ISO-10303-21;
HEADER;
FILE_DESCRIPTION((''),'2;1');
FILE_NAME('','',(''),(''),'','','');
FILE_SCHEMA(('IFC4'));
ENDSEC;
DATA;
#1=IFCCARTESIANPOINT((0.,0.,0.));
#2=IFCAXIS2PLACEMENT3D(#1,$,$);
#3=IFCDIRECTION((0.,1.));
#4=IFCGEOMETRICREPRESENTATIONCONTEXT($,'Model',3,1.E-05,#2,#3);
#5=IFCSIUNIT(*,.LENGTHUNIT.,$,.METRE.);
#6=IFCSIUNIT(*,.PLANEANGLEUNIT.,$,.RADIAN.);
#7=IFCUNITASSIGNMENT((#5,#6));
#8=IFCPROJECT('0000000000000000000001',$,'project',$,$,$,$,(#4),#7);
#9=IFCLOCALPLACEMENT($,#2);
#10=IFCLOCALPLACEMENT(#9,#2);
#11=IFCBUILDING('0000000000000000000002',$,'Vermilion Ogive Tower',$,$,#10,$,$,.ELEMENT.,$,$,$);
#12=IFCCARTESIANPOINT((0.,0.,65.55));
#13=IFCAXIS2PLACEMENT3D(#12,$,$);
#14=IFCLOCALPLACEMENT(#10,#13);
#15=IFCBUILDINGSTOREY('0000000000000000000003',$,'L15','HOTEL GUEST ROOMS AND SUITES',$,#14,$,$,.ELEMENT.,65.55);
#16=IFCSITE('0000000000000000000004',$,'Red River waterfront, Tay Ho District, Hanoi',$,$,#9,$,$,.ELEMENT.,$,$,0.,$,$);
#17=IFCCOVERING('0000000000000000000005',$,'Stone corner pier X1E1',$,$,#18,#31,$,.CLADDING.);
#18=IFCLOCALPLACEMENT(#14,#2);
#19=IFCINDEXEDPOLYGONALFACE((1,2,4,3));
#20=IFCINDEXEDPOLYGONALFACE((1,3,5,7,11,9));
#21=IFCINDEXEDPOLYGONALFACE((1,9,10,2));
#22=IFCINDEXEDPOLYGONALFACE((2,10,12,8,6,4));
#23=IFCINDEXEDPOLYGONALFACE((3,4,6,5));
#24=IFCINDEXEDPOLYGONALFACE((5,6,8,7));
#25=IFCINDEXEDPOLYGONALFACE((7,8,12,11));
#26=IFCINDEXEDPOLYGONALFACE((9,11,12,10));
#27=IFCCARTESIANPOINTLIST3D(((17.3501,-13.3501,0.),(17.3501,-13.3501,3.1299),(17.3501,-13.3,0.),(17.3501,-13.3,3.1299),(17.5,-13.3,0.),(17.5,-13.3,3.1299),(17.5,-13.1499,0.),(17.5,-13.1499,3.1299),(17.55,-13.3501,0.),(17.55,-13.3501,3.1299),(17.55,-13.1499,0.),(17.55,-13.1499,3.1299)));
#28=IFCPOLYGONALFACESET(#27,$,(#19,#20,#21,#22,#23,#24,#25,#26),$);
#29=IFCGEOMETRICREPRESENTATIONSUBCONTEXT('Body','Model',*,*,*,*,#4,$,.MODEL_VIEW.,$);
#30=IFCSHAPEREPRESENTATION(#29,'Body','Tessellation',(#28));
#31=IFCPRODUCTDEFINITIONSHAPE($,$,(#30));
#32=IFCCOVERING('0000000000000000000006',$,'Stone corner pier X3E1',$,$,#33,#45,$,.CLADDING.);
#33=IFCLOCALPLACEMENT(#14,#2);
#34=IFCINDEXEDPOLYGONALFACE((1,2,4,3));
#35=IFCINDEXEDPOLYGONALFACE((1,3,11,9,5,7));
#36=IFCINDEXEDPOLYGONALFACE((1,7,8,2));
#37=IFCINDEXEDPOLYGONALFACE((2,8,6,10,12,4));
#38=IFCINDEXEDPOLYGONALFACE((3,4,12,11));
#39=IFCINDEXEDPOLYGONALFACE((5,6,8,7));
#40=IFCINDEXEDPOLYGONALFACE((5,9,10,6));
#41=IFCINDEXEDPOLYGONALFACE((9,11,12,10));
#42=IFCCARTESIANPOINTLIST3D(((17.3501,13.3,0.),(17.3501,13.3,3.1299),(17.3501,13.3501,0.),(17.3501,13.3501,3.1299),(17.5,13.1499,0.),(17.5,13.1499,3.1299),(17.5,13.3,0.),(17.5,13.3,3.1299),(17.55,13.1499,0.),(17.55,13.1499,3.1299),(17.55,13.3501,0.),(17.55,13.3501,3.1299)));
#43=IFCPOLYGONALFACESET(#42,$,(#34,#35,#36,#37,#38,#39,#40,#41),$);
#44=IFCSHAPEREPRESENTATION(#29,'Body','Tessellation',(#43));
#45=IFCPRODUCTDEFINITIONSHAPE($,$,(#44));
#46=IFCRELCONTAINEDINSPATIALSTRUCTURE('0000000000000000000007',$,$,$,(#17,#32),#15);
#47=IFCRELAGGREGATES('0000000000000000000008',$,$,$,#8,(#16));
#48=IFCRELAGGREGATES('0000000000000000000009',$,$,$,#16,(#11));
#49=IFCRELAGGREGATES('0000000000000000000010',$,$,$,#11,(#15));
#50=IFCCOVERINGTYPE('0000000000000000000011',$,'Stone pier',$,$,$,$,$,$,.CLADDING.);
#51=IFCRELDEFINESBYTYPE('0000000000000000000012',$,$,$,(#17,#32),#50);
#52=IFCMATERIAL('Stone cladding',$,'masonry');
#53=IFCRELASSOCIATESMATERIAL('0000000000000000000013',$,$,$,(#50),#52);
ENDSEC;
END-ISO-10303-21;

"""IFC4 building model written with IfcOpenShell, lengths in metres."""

from ifc_helpers import new_model, si_unit, direction, frame, origin, place, context, subcontext, project, spatial, polyline, outline, extrude, material, type_object, element, save


model = new_model("IFC4")

# Units and contexts
model_context = context("Model", 3, precision=1e-05, world=origin(), true_north=direction((0.0, 1.0)))
body_context = subcontext(model_context, "Body", "Model", "MODEL_VIEW")
ifc_project = project(units=[si_unit("LENGTHUNIT", "METRE"), si_unit("PLANEANGLEUNIT", "RADIAN")], contexts=[model_context])

# Site, building, storey
site_placement = place(None, origin())
site = spatial("IfcSite", under=ifc_project, at=site_placement, Name="Red River waterfront, Tay Ho District, Hanoi", CompositionType="ELEMENT", RefElevation=0.0)
building_placement = place(site_placement, origin())
building = spatial("IfcBuilding", under=site, at=building_placement, Name="Vermilion Ogive Tower", CompositionType="ELEMENT")
storey_placement = place(building_placement, frame((0.0, 0.0, 65.55)))
storey = spatial("IfcBuildingStorey", under=building, at=storey_placement, Name="L15", Description="HOTEL GUEST ROOMS AND SUITES", CompositionType="ELEMENT", Elevation=65.55)

# Coverings
ifc_material_1 = material(Name="Stone cladding", Category="masonry")
covering_type_1 = type_object("IfcCoveringType", Name="Stone pier", PredefinedType="CLADDING", material=ifc_material_1)
covering_1_placement = place(storey_placement, origin())
element("IfcCovering", 1, at=covering_1_placement, inside=storey, type_object=covering_type_1, Name="Stone corner pier X1E1", PredefinedType="CLADDING", context=body_context, shape_type="SweptSolid", body=[
    extrude(outline(polyline([(17.3501, -13.3), (17.5, -13.3), (17.5, -13.1499), (17.55, -13.1499), (17.55, -13.3501), (17.3501, -13.3501), (17.3501, -13.3)])), origin(), (0.0, 0.0, 1.0), 3.1299),
])
covering_2_placement = place(storey_placement, origin())
element("IfcCovering", 2, at=covering_2_placement, inside=storey, type_object=covering_type_1, Name="Stone corner pier X3E1", PredefinedType="CLADDING", context=body_context, shape_type="SweptSolid", body=[
    extrude(outline(polyline([(17.5, 13.1499), (17.5, 13.3), (17.3501, 13.3), (17.3501, 13.3501), (17.55, 13.3501), (17.55, 13.1499), (17.5, 13.1499)])), origin(), (0.0, 0.0, 1.0), 3.1299),
])

save(model, "model.ifc")
